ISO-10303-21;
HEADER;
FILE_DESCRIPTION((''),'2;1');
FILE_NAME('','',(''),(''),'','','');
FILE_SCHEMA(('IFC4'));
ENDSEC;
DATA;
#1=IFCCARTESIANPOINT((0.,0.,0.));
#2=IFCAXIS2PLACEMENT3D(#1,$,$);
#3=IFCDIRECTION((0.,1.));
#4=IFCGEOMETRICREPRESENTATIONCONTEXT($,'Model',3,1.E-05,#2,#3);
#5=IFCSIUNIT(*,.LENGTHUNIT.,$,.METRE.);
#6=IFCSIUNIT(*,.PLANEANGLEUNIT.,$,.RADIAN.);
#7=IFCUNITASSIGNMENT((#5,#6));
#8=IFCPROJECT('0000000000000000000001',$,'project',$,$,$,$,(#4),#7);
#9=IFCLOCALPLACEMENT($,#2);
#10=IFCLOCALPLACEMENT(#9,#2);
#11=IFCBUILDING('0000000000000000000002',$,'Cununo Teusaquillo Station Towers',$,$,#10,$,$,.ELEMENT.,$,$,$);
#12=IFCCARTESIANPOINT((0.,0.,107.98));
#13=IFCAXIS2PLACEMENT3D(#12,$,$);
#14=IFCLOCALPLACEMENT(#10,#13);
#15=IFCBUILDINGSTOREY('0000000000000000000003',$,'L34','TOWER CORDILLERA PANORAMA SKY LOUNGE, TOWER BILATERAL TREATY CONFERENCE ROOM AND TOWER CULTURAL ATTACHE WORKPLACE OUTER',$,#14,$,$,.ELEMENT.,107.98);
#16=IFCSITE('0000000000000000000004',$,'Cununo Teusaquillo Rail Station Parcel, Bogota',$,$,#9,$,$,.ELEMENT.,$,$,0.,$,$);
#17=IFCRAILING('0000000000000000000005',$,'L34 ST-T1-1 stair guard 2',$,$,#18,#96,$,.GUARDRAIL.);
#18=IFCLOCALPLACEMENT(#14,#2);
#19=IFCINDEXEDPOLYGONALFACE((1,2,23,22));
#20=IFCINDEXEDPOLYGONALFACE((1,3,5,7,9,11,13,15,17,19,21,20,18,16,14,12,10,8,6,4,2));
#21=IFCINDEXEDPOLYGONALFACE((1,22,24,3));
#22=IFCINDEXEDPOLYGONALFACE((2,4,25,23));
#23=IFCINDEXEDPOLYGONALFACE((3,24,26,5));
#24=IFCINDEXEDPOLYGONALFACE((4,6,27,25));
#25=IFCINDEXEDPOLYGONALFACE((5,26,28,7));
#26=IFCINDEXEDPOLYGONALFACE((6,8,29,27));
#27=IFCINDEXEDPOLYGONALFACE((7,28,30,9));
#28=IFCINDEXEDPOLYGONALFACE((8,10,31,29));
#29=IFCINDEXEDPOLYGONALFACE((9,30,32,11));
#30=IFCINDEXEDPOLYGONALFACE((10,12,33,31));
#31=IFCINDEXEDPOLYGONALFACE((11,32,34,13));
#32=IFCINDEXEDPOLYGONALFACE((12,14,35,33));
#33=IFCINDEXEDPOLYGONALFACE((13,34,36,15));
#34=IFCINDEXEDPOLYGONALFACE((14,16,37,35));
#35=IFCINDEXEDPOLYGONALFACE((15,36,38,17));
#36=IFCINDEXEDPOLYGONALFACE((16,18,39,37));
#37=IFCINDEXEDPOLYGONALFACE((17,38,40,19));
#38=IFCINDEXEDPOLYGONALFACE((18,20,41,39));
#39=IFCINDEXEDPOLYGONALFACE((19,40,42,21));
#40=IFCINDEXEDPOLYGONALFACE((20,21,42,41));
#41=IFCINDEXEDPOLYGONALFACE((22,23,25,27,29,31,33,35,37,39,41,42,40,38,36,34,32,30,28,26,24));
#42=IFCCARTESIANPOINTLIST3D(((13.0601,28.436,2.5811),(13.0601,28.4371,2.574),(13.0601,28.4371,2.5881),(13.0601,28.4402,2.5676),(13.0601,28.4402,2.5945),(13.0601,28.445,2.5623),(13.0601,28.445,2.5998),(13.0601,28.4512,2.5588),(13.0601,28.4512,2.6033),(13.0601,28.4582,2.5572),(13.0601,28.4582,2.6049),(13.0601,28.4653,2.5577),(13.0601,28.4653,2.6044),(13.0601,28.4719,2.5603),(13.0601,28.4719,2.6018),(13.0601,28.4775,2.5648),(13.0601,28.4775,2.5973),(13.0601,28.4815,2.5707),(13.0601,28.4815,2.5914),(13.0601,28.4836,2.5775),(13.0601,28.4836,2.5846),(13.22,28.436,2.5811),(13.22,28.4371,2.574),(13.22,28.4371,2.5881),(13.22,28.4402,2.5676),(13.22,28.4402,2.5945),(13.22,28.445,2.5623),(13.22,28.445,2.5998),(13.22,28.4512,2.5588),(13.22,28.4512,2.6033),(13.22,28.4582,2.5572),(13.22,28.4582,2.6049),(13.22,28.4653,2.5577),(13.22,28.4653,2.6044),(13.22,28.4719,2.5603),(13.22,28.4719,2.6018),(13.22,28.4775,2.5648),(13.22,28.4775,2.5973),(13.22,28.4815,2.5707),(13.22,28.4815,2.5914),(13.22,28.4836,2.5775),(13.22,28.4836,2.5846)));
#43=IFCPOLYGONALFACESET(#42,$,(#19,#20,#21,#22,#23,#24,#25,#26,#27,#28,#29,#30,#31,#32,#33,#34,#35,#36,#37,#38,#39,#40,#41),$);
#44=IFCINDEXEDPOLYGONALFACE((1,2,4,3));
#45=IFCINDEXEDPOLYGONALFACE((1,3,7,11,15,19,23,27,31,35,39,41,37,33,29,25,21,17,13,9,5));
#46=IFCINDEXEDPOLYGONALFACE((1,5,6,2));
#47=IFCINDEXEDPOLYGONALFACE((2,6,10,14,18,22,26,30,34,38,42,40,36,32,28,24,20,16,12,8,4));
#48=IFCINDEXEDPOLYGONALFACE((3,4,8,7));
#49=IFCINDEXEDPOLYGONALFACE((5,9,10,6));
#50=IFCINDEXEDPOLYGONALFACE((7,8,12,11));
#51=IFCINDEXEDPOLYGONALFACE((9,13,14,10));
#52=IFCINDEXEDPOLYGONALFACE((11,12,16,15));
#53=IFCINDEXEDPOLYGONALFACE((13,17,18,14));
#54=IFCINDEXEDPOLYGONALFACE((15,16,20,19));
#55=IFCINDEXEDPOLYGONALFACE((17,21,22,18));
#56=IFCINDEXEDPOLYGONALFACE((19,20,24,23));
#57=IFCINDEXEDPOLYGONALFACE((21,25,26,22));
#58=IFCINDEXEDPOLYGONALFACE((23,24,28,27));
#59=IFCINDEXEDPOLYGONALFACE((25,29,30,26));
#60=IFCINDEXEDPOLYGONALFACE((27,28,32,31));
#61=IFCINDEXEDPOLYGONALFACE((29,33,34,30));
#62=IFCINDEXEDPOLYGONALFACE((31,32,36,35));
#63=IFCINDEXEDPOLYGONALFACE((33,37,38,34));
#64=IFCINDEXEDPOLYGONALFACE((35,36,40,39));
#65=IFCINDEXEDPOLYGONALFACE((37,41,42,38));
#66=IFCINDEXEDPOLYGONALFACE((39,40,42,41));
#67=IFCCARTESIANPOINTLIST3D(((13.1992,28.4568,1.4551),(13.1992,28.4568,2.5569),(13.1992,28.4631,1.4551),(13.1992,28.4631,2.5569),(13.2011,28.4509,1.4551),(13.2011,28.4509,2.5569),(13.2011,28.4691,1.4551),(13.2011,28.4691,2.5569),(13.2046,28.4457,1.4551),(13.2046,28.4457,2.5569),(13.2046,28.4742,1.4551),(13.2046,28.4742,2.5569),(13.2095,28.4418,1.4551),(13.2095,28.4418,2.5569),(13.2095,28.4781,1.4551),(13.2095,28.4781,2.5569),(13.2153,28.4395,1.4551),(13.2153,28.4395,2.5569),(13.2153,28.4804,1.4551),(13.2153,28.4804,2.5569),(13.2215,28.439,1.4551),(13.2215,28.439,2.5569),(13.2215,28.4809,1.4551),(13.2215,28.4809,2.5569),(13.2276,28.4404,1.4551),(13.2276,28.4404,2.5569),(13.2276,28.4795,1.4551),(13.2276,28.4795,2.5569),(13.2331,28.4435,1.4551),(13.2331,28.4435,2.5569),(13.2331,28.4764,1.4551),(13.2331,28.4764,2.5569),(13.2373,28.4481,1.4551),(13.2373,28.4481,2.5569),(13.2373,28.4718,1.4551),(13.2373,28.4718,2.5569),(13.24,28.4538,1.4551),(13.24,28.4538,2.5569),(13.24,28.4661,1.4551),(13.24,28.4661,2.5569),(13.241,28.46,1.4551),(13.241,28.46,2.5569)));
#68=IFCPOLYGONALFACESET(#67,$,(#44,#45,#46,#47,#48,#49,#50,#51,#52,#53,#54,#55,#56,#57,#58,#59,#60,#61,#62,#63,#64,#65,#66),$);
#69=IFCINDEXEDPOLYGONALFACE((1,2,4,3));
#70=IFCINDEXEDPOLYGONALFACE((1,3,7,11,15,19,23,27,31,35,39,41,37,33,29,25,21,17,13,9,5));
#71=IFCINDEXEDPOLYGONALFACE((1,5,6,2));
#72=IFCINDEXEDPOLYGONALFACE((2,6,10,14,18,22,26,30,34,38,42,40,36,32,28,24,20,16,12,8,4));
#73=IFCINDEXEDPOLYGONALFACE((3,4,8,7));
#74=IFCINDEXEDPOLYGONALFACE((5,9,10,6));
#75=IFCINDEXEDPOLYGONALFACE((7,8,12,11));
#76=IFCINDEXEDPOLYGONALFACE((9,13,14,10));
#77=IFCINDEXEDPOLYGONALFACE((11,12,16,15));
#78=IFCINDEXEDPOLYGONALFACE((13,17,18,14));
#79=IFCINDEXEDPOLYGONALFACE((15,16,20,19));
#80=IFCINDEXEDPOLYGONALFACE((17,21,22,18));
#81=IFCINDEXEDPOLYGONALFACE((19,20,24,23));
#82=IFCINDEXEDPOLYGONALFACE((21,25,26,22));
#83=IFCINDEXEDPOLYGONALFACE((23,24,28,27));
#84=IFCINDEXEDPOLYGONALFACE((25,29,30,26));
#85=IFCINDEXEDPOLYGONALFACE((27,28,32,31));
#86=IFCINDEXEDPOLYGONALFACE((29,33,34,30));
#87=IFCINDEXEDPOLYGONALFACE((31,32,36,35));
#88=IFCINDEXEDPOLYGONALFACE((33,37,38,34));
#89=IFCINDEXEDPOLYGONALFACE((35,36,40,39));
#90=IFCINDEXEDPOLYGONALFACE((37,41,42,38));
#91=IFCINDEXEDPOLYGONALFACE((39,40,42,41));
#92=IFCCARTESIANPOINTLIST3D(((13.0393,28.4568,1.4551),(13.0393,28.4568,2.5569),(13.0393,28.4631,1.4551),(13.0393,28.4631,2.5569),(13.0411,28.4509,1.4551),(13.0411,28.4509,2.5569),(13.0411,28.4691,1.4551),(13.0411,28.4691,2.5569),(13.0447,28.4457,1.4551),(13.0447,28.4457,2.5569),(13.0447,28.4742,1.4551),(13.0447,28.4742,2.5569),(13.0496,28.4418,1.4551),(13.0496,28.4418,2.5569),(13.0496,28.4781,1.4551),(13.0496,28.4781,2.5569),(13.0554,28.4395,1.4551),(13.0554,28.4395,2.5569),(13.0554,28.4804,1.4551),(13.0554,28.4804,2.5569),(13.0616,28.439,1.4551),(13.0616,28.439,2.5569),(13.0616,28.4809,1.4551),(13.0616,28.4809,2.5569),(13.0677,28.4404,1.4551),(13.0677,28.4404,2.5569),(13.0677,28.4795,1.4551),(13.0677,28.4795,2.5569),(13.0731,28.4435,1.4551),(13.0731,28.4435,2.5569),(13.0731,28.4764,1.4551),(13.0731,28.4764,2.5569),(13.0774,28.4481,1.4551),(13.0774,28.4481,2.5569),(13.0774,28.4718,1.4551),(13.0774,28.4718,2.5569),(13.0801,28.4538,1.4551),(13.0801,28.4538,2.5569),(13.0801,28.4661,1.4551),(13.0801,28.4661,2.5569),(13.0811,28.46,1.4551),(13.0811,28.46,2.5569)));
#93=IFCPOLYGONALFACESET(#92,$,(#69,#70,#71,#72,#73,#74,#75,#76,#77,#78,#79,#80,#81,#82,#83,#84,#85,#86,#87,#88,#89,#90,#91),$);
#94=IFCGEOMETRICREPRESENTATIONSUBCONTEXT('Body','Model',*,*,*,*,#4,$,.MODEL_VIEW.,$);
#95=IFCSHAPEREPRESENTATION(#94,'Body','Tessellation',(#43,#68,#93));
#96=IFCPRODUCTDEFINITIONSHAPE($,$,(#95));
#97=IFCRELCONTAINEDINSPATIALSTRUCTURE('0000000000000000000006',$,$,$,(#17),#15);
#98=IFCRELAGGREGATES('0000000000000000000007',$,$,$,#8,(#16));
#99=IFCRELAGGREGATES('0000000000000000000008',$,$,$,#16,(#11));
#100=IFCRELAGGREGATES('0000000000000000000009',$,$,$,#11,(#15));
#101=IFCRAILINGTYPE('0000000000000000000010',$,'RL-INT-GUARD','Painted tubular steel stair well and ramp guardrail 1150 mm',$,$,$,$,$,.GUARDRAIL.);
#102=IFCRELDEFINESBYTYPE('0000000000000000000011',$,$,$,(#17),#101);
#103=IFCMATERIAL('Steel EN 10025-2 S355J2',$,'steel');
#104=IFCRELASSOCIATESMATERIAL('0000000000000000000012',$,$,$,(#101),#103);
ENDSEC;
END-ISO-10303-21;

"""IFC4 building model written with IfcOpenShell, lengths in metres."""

from ifc_helpers import new_model, si_unit, direction, frame, origin, origin_2d, place, context, subcontext, project, spatial, circle, extrude, material, type_object, element, save


model = new_model("IFC4")

# Units and contexts
model_context = context("Model", 3, precision=1e-05, world=origin(), true_north=direction((0.0, 1.0)))
body_context = subcontext(model_context, "Body", "Model", "MODEL_VIEW")
ifc_project = project(units=[si_unit("LENGTHUNIT", "METRE"), si_unit("PLANEANGLEUNIT", "RADIAN")], contexts=[model_context])

# Site, building, storey
site_placement = place(None, origin())
site = spatial("IfcSite", under=ifc_project, at=site_placement, Name="Cununo Teusaquillo Rail Station Parcel, Bogota", CompositionType="ELEMENT", RefElevation=0.0)
building_placement = place(site_placement, origin())
building = spatial("IfcBuilding", under=site, at=building_placement, Name="Cununo Teusaquillo Station Towers", CompositionType="ELEMENT")
storey_placement = place(building_placement, frame((0.0, 0.0, 107.98)))
storey = spatial("IfcBuildingStorey", under=building, at=storey_placement, Name="L34", Description="TOWER CORDILLERA PANORAMA SKY LOUNGE, TOWER BILATERAL TREATY CONFERENCE ROOM AND TOWER CULTURAL ATTACHE WORKPLACE OUTER", CompositionType="ELEMENT", Elevation=107.98)

# Railing
ifc_material_1 = material(Name="Steel EN 10025-2 S355J2", Category="steel")
railing_type_1 = type_object("IfcRailingType", Name="RL-INT-GUARD", Description="Painted tubular steel stair well and ramp guardrail 1150 mm", PredefinedType="GUARDRAIL", material=ifc_material_1)
railing_1_placement = place(storey_placement, frame((13.22, 28.46, 1.4551)))
element("IfcRailing", 1, at=railing_1_placement, inside=storey, type_object=railing_type_1, Name="L34 ST-T1-1 stair guard 2", PredefinedType="GUARDRAIL", context=body_context, shape_type="SweptSolid", body=[
    extrude(circle(Radius=0.0239, at=origin_2d()), frame((0.0, 0.0, 1.126), z_axis=(-1.0, 0.0, 0.0), x_axis=(0.0, -1.0, 0.0)), (0.0, 0.0, 1.0), 0.1599),
    extrude(circle(Radius=0.021, at=origin_2d()), origin(), (0.0, 0.0, 1.0), 1.1018),
    extrude(circle(Radius=0.021, at=origin_2d()), frame((-0.1599, 0.0, 0.0)), (0.0, 0.0, 1.0), 1.1018),
])

save(model, "model.ifc")
